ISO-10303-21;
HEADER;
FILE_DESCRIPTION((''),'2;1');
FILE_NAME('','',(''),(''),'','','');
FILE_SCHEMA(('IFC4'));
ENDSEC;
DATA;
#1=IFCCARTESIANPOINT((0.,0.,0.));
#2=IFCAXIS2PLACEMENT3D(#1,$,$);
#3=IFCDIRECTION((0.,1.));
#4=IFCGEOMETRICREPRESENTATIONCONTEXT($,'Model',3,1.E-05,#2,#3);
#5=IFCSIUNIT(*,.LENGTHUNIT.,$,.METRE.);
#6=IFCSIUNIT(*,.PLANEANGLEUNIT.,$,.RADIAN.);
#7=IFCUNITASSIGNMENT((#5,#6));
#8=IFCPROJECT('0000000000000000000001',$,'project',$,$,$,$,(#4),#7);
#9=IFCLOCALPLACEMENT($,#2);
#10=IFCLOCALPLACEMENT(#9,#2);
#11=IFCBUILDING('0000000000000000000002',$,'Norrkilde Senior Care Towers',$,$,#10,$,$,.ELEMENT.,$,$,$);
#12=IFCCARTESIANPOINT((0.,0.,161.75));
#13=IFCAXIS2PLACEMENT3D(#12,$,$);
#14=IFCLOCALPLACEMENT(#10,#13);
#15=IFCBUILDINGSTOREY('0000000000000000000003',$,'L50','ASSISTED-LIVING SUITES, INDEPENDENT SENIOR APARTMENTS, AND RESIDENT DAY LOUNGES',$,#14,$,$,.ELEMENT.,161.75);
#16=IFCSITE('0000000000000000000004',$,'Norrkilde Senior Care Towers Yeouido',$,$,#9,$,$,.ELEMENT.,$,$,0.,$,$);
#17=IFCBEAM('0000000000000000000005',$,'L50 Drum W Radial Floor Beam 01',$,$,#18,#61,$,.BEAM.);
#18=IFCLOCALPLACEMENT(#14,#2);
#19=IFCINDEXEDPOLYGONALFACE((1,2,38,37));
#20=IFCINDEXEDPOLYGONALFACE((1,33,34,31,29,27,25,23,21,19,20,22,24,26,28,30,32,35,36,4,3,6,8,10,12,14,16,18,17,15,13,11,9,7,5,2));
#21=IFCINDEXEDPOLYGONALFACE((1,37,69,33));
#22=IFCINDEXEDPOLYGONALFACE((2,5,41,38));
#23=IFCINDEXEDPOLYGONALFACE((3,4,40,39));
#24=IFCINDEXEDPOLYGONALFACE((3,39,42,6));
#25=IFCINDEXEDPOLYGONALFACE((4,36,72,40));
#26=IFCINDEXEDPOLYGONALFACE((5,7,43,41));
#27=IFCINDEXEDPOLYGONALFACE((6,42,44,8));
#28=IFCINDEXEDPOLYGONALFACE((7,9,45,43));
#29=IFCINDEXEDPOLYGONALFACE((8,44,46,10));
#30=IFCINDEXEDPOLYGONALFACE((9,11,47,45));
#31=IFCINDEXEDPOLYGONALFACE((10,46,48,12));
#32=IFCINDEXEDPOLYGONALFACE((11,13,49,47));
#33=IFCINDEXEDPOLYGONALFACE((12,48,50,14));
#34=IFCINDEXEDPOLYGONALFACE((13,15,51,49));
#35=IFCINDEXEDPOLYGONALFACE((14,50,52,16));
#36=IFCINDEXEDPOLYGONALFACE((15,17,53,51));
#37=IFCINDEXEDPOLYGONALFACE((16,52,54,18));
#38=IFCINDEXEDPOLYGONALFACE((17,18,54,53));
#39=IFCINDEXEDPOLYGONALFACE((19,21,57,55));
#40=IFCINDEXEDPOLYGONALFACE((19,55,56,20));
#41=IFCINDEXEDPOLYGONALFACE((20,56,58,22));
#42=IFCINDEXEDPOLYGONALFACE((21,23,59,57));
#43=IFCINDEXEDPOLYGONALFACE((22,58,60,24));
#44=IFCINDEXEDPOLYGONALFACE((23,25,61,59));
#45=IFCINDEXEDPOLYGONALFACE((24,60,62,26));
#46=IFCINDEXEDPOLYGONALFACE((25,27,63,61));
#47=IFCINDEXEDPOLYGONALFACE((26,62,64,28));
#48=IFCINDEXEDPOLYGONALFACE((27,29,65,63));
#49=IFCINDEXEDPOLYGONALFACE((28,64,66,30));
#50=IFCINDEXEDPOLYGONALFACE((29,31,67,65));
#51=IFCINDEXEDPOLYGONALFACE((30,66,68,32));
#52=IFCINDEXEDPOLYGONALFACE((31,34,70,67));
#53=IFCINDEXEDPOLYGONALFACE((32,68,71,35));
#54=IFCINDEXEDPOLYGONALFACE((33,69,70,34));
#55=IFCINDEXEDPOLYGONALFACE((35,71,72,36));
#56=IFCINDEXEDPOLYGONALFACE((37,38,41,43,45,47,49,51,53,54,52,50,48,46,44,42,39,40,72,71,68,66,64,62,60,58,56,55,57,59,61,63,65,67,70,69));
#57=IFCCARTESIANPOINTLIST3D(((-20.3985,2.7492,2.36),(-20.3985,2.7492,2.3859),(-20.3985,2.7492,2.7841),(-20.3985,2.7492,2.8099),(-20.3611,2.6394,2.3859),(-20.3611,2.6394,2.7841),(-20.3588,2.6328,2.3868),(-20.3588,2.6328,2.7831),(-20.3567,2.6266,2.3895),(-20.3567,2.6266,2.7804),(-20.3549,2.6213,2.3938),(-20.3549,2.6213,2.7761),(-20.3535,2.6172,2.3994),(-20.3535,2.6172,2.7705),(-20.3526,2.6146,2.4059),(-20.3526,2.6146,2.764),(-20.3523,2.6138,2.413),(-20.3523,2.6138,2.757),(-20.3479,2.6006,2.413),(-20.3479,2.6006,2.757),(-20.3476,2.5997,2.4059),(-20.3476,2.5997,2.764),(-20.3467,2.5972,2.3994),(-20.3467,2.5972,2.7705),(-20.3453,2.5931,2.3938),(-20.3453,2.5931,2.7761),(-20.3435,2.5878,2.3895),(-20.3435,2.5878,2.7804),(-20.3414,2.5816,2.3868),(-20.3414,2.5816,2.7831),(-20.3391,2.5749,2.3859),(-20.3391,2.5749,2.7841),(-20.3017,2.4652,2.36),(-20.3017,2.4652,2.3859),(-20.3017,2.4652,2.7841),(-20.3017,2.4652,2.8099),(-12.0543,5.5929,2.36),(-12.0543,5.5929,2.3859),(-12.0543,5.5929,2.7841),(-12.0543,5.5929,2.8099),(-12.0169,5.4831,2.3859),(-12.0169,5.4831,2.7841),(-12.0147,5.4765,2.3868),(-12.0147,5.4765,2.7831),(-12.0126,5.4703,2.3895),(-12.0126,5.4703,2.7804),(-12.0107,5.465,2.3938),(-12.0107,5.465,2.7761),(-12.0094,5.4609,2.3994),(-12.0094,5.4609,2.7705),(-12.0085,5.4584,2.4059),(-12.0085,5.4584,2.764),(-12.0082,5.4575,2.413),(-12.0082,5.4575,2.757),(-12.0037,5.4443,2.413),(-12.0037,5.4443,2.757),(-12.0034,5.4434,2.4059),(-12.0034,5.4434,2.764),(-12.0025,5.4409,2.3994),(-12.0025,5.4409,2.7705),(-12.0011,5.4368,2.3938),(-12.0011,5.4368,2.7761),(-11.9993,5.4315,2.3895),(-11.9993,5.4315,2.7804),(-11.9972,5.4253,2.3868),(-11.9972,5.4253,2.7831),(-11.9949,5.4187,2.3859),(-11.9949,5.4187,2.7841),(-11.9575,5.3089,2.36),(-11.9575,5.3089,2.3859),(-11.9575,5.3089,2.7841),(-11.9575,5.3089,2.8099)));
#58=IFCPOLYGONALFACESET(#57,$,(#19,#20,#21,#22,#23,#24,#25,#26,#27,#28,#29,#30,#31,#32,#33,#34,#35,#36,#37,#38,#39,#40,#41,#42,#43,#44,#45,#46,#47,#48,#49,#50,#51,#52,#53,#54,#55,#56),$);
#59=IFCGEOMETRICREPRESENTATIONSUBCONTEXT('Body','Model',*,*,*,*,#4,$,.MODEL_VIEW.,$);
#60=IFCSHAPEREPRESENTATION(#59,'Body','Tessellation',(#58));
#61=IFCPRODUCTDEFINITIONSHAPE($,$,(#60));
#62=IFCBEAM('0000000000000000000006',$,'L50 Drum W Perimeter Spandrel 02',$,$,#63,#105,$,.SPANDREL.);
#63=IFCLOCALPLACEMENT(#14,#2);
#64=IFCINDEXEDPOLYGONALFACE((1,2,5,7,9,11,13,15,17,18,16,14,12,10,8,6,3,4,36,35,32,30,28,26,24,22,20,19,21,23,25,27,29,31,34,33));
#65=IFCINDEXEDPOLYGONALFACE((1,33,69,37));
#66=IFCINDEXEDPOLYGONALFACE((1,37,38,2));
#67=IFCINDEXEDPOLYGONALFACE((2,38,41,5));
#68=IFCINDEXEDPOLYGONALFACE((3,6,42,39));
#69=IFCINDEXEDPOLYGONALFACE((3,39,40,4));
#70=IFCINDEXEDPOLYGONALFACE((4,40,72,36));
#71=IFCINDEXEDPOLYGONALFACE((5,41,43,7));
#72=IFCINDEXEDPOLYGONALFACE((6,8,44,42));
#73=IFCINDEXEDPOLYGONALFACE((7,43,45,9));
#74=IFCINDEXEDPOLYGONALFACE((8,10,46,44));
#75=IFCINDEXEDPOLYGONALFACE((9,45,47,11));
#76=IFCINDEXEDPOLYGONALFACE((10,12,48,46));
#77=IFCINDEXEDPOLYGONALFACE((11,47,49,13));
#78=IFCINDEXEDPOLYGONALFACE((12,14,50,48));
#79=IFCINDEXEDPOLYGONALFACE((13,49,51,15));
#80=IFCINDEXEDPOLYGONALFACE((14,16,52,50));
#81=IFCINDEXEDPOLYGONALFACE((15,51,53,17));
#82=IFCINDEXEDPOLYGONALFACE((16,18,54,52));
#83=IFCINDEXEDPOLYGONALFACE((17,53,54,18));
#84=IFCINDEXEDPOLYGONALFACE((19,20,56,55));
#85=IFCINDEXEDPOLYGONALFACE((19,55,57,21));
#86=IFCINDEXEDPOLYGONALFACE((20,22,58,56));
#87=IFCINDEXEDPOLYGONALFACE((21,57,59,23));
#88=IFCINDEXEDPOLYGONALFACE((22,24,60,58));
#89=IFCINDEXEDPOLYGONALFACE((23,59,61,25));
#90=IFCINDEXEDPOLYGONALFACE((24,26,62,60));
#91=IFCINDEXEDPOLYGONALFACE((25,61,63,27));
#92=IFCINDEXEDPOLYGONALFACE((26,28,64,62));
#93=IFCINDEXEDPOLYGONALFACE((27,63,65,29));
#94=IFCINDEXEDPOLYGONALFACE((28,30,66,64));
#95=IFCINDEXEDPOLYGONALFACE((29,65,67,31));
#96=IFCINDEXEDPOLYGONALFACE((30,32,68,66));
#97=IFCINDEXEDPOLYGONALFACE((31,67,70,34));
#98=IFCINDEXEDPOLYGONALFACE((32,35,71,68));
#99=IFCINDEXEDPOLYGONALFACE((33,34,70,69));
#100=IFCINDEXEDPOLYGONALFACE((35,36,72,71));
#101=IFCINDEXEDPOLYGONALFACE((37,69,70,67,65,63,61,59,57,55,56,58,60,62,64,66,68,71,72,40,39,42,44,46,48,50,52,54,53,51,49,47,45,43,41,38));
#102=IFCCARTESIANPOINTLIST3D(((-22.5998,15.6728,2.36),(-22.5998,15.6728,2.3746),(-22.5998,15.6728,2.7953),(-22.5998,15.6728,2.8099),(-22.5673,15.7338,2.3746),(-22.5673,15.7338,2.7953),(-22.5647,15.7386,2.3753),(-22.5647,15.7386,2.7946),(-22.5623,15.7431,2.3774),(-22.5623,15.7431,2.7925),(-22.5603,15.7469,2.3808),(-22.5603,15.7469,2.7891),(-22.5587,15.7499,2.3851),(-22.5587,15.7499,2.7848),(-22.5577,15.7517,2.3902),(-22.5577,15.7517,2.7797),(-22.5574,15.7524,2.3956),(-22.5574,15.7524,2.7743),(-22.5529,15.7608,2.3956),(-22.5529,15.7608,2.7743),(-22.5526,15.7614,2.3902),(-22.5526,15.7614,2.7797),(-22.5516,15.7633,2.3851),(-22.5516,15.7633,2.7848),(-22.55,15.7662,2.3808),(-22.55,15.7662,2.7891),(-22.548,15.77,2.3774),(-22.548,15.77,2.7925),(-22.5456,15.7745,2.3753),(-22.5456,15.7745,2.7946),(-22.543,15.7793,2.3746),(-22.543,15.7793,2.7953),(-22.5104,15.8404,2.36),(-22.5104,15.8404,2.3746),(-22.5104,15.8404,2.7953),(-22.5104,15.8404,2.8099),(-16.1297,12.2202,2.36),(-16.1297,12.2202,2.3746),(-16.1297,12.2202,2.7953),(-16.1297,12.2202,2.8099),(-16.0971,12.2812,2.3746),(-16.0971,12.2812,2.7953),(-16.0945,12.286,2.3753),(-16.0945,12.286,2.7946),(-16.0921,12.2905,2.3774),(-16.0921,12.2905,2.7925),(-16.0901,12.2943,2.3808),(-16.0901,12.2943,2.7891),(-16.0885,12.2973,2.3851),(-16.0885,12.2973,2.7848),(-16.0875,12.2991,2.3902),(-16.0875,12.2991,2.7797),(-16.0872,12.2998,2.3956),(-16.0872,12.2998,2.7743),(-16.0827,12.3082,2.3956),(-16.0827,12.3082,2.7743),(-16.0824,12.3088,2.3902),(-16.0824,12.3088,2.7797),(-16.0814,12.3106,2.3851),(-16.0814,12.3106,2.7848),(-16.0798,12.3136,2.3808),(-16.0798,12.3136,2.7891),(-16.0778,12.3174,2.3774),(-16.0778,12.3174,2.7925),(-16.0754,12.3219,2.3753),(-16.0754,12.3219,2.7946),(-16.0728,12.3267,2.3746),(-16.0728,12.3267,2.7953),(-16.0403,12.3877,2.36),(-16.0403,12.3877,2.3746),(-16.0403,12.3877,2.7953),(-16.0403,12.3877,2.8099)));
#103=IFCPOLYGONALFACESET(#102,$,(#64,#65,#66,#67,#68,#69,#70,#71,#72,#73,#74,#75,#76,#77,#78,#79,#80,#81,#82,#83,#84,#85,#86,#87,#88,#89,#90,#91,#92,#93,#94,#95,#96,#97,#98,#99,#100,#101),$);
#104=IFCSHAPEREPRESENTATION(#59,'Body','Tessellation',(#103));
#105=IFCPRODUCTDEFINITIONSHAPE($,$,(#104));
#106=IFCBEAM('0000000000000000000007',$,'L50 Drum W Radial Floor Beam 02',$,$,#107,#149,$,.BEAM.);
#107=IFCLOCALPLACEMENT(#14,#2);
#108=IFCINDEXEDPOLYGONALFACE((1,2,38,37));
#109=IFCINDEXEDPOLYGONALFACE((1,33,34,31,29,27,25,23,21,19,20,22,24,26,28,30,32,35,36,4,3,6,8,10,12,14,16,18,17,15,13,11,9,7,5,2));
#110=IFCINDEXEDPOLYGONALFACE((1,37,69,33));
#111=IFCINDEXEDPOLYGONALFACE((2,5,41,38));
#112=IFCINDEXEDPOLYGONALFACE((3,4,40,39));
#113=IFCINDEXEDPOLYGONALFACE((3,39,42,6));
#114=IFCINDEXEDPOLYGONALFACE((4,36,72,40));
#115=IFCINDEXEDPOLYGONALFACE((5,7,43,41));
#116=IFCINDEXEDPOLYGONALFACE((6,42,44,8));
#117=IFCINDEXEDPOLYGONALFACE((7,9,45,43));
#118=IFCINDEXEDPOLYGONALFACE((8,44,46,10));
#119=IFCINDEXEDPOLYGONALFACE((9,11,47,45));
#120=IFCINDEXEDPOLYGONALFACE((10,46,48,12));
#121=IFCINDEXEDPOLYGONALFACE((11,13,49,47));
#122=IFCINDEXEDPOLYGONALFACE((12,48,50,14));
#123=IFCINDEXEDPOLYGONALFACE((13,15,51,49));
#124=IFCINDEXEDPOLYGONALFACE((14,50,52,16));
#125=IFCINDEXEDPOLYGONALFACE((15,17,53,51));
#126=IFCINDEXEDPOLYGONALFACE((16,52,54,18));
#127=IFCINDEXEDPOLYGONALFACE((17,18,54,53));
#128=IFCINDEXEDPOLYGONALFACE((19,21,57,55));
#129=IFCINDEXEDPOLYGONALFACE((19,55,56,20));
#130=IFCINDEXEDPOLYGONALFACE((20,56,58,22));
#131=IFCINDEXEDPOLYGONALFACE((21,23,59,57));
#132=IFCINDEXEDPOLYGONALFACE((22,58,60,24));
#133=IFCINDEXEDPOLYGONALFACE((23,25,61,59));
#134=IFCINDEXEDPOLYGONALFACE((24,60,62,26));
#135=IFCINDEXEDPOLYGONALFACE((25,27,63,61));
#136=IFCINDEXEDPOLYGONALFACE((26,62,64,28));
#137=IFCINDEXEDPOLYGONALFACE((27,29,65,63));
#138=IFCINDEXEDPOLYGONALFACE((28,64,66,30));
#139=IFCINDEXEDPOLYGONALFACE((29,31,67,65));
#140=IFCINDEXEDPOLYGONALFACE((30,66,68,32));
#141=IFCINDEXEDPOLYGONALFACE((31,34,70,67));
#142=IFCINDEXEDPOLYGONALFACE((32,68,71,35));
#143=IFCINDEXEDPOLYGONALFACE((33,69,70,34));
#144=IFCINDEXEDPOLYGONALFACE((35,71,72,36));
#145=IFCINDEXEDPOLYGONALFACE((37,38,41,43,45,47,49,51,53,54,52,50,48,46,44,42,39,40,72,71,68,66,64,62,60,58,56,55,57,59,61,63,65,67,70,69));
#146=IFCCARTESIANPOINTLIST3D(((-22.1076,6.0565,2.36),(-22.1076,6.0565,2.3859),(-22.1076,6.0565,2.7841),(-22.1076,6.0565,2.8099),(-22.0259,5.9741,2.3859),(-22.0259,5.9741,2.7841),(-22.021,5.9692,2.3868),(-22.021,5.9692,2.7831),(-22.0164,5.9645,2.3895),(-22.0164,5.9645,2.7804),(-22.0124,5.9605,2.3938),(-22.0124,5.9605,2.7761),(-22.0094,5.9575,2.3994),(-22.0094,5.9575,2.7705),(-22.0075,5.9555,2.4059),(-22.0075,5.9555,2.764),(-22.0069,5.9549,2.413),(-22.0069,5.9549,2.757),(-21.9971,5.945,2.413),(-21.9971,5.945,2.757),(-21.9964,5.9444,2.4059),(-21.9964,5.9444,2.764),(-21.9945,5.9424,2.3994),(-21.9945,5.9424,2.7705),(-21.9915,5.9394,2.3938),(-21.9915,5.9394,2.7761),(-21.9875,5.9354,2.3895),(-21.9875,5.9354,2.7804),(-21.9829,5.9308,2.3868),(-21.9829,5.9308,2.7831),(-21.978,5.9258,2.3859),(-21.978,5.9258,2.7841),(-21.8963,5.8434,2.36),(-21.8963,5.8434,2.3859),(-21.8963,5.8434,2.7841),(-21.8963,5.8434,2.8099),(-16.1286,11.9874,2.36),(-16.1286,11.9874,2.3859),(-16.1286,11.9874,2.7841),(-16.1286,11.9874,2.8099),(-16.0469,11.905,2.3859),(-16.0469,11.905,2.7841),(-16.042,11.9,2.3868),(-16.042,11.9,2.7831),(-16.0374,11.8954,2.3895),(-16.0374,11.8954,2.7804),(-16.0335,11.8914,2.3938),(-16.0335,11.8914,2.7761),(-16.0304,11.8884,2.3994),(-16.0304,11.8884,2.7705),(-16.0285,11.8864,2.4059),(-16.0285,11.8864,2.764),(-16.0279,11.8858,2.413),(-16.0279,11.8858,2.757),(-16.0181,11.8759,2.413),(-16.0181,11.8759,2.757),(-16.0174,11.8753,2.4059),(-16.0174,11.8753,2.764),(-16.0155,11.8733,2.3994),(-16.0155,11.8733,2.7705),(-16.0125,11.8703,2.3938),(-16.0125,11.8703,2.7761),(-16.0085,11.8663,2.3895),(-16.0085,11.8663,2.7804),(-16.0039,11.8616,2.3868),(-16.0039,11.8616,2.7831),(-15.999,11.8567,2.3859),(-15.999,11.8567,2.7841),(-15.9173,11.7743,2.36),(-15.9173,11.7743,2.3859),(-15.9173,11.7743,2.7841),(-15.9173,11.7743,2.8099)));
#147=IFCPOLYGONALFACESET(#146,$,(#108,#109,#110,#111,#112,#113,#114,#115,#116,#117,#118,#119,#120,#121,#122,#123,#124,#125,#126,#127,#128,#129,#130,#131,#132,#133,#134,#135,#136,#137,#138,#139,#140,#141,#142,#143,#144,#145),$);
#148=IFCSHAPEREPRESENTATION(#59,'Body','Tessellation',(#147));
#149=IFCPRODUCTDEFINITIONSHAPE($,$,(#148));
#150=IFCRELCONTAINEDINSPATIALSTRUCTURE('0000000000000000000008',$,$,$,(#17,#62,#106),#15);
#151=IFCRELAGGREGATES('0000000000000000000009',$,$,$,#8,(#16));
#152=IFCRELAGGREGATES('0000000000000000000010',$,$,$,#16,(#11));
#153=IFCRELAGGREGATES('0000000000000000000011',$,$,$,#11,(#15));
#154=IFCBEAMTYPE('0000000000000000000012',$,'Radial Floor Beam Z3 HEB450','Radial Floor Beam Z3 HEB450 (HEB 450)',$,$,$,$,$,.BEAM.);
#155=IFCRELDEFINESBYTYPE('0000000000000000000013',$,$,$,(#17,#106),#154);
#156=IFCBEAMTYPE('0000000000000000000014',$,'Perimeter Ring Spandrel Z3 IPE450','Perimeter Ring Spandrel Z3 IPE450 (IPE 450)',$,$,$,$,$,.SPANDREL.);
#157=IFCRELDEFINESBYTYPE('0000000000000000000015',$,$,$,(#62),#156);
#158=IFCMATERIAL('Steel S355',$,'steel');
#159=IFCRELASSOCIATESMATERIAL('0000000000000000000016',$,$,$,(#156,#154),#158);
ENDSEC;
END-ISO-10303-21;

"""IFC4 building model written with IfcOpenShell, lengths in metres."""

from ifc_helpers import new_model, si_unit, direction, frame, origin, origin_2d, place, context, subcontext, project, spatial, i_section, extrude, source, transform, mapped, material, material_profile, profile_set, type_object, type_shapes, element, save


model = new_model("IFC4")

# Units and contexts
model_context = context("Model", 3, precision=1e-05, world=origin(), true_north=direction((0.0, 1.0)))
body_context = subcontext(model_context, "Body", "Model", "MODEL_VIEW")
ifc_project = project(units=[si_unit("LENGTHUNIT", "METRE"), si_unit("PLANEANGLEUNIT", "RADIAN")], contexts=[model_context])

# Site, building, storey
site_placement = place(None, origin())
site = spatial("IfcSite", under=ifc_project, at=site_placement, Name="Norrkilde Senior Care Towers Yeouido", CompositionType="ELEMENT", RefElevation=0.0)
building_placement = place(site_placement, origin())
building = spatial("IfcBuilding", under=site, at=building_placement, Name="Norrkilde Senior Care Towers", CompositionType="ELEMENT")
storey_placement = place(building_placement, frame((0.0, 0.0, 161.75)))
storey = spatial("IfcBuildingStorey", under=building, at=storey_placement, Name="L50", Description="ASSISTED-LIVING SUITES, INDEPENDENT SENIOR APARTMENTS, AND RESIDENT DAY LOUNGES", CompositionType="ELEMENT", Elevation=161.75)

# Beams
ifc_material_1 = material(Name="Steel S355", Category="steel")
ifc_material_profile_1 = material_profile(ifc_material_1, i_section(OverallWidth=0.1899, OverallDepth=0.45, WebThickness=0.0095, FlangeThickness=0.0146, FilletRadius=0.021, at=origin_2d()), Name="IPE 450")
ifc_profile_set_1 = profile_set([ifc_material_profile_1], Name="Steel S355")
beam_type_1 = type_object("IfcBeamType", Name="Perimeter Ring Spandrel Z3 IPE450", Description="Perimeter Ring Spandrel Z3 IPE450 (IPE 450)", PredefinedType="SPANDREL", material=ifc_profile_set_1)
ifc_material_profile_2 = material_profile(ifc_material_1, i_section(OverallWidth=0.3, OverallDepth=0.45, WebThickness=0.0139, FlangeThickness=0.0259, FilletRadius=0.0271, at=origin_2d()), Name="HEB 450")
ifc_profile_set_2 = profile_set([ifc_material_profile_2], Name="Steel S355")
beam_type_2 = type_object("IfcBeamType", Name="Radial Floor Beam Z3 HEB450", Description="Radial Floor Beam Z3 HEB450 (HEB 450)", PredefinedType="BEAM", material=ifc_profile_set_2)
shared_shape_1 = source(origin(), body_context, "Body", "SweptSolid", [
    extrude(i_section(OverallWidth=0.3, OverallDepth=0.45, WebThickness=0.0139, FlangeThickness=0.0259, FilletRadius=0.0271, at=origin_2d()), origin(), (0.0, 0.0, 1.0), 8.8154),
])
beam_1_placement = place(storey_placement, frame((-20.3501, 2.6072, 2.585), z_axis=(0.946541, 0.322585, 0.0), x_axis=(-0.322585, 0.946541, 0.0)))
element("IfcBeam", 1, at=beam_1_placement, inside=storey, type_object=beam_type_2, Name="L50 Drum W Radial Floor Beam 01", PredefinedType="BEAM", context=body_context, shape_type="MappedRepresentation", body=[
    mapped(shared_shape_1, transform((0.0, 0.0, 0.0), x_axis=(1.0, 0.0, 0.0), y_axis=(0.0, 1.0, 0.0), z_axis=(0.0, 0.0, 1.0), scale=1.0)),
])
shared_shape_2 = source(origin(), body_context, "Body", "SweptSolid", [
    extrude(i_section(OverallWidth=0.1899, OverallDepth=0.45, WebThickness=0.0095, FlangeThickness=0.0146, FilletRadius=0.021, at=origin_2d()), origin(), (0.0, 0.0, 1.0), 7.3337),
])
beam_2_placement = place(storey_placement, frame((-16.085, 12.304, 2.585), z_axis=(-0.882248, 0.470785, 0.0), x_axis=(-0.470785, -0.882248, 0.0)))
element("IfcBeam", 2, at=beam_2_placement, inside=storey, type_object=beam_type_1, Name="L50 Drum W Perimeter Spandrel 02", PredefinedType="SPANDREL", context=body_context, shape_type="MappedRepresentation", body=[
    mapped(shared_shape_2, transform((0.0, 0.0, 0.0), x_axis=(1.0, 0.0, 0.0), y_axis=(0.0, 1.0, 0.0), z_axis=(0.0, 0.0, 1.0), scale=1.0)),
])
shared_shape_3 = source(origin(), body_context, "Body", "SweptSolid", [
    extrude(i_section(OverallWidth=0.3, OverallDepth=0.45, WebThickness=0.0139, FlangeThickness=0.0259, FilletRadius=0.0271, at=origin_2d()), origin(), (0.0, 0.0, 1.0), 8.4216),
])
type_shapes(beam_type_2, [shared_shape_1, shared_shape_3])
beam_3_placement = place(storey_placement, frame((-22.002, 5.95, 2.585), z_axis=(0.709956, 0.704246, 0.0), x_axis=(-0.704246, 0.709956, 0.0)))
element("IfcBeam", 3, at=beam_3_placement, inside=storey, type_object=beam_type_2, Name="L50 Drum W Radial Floor Beam 02", PredefinedType="BEAM", context=body_context, shape_type="MappedRepresentation", body=[
    mapped(shared_shape_3, transform((0.0, 0.0, 0.0), x_axis=(1.0, 0.0, 0.0), y_axis=(0.0, 1.0, 0.0), z_axis=(0.0, 0.0, 1.0), scale=1.0)),
])

save(model, "model.ifc")
